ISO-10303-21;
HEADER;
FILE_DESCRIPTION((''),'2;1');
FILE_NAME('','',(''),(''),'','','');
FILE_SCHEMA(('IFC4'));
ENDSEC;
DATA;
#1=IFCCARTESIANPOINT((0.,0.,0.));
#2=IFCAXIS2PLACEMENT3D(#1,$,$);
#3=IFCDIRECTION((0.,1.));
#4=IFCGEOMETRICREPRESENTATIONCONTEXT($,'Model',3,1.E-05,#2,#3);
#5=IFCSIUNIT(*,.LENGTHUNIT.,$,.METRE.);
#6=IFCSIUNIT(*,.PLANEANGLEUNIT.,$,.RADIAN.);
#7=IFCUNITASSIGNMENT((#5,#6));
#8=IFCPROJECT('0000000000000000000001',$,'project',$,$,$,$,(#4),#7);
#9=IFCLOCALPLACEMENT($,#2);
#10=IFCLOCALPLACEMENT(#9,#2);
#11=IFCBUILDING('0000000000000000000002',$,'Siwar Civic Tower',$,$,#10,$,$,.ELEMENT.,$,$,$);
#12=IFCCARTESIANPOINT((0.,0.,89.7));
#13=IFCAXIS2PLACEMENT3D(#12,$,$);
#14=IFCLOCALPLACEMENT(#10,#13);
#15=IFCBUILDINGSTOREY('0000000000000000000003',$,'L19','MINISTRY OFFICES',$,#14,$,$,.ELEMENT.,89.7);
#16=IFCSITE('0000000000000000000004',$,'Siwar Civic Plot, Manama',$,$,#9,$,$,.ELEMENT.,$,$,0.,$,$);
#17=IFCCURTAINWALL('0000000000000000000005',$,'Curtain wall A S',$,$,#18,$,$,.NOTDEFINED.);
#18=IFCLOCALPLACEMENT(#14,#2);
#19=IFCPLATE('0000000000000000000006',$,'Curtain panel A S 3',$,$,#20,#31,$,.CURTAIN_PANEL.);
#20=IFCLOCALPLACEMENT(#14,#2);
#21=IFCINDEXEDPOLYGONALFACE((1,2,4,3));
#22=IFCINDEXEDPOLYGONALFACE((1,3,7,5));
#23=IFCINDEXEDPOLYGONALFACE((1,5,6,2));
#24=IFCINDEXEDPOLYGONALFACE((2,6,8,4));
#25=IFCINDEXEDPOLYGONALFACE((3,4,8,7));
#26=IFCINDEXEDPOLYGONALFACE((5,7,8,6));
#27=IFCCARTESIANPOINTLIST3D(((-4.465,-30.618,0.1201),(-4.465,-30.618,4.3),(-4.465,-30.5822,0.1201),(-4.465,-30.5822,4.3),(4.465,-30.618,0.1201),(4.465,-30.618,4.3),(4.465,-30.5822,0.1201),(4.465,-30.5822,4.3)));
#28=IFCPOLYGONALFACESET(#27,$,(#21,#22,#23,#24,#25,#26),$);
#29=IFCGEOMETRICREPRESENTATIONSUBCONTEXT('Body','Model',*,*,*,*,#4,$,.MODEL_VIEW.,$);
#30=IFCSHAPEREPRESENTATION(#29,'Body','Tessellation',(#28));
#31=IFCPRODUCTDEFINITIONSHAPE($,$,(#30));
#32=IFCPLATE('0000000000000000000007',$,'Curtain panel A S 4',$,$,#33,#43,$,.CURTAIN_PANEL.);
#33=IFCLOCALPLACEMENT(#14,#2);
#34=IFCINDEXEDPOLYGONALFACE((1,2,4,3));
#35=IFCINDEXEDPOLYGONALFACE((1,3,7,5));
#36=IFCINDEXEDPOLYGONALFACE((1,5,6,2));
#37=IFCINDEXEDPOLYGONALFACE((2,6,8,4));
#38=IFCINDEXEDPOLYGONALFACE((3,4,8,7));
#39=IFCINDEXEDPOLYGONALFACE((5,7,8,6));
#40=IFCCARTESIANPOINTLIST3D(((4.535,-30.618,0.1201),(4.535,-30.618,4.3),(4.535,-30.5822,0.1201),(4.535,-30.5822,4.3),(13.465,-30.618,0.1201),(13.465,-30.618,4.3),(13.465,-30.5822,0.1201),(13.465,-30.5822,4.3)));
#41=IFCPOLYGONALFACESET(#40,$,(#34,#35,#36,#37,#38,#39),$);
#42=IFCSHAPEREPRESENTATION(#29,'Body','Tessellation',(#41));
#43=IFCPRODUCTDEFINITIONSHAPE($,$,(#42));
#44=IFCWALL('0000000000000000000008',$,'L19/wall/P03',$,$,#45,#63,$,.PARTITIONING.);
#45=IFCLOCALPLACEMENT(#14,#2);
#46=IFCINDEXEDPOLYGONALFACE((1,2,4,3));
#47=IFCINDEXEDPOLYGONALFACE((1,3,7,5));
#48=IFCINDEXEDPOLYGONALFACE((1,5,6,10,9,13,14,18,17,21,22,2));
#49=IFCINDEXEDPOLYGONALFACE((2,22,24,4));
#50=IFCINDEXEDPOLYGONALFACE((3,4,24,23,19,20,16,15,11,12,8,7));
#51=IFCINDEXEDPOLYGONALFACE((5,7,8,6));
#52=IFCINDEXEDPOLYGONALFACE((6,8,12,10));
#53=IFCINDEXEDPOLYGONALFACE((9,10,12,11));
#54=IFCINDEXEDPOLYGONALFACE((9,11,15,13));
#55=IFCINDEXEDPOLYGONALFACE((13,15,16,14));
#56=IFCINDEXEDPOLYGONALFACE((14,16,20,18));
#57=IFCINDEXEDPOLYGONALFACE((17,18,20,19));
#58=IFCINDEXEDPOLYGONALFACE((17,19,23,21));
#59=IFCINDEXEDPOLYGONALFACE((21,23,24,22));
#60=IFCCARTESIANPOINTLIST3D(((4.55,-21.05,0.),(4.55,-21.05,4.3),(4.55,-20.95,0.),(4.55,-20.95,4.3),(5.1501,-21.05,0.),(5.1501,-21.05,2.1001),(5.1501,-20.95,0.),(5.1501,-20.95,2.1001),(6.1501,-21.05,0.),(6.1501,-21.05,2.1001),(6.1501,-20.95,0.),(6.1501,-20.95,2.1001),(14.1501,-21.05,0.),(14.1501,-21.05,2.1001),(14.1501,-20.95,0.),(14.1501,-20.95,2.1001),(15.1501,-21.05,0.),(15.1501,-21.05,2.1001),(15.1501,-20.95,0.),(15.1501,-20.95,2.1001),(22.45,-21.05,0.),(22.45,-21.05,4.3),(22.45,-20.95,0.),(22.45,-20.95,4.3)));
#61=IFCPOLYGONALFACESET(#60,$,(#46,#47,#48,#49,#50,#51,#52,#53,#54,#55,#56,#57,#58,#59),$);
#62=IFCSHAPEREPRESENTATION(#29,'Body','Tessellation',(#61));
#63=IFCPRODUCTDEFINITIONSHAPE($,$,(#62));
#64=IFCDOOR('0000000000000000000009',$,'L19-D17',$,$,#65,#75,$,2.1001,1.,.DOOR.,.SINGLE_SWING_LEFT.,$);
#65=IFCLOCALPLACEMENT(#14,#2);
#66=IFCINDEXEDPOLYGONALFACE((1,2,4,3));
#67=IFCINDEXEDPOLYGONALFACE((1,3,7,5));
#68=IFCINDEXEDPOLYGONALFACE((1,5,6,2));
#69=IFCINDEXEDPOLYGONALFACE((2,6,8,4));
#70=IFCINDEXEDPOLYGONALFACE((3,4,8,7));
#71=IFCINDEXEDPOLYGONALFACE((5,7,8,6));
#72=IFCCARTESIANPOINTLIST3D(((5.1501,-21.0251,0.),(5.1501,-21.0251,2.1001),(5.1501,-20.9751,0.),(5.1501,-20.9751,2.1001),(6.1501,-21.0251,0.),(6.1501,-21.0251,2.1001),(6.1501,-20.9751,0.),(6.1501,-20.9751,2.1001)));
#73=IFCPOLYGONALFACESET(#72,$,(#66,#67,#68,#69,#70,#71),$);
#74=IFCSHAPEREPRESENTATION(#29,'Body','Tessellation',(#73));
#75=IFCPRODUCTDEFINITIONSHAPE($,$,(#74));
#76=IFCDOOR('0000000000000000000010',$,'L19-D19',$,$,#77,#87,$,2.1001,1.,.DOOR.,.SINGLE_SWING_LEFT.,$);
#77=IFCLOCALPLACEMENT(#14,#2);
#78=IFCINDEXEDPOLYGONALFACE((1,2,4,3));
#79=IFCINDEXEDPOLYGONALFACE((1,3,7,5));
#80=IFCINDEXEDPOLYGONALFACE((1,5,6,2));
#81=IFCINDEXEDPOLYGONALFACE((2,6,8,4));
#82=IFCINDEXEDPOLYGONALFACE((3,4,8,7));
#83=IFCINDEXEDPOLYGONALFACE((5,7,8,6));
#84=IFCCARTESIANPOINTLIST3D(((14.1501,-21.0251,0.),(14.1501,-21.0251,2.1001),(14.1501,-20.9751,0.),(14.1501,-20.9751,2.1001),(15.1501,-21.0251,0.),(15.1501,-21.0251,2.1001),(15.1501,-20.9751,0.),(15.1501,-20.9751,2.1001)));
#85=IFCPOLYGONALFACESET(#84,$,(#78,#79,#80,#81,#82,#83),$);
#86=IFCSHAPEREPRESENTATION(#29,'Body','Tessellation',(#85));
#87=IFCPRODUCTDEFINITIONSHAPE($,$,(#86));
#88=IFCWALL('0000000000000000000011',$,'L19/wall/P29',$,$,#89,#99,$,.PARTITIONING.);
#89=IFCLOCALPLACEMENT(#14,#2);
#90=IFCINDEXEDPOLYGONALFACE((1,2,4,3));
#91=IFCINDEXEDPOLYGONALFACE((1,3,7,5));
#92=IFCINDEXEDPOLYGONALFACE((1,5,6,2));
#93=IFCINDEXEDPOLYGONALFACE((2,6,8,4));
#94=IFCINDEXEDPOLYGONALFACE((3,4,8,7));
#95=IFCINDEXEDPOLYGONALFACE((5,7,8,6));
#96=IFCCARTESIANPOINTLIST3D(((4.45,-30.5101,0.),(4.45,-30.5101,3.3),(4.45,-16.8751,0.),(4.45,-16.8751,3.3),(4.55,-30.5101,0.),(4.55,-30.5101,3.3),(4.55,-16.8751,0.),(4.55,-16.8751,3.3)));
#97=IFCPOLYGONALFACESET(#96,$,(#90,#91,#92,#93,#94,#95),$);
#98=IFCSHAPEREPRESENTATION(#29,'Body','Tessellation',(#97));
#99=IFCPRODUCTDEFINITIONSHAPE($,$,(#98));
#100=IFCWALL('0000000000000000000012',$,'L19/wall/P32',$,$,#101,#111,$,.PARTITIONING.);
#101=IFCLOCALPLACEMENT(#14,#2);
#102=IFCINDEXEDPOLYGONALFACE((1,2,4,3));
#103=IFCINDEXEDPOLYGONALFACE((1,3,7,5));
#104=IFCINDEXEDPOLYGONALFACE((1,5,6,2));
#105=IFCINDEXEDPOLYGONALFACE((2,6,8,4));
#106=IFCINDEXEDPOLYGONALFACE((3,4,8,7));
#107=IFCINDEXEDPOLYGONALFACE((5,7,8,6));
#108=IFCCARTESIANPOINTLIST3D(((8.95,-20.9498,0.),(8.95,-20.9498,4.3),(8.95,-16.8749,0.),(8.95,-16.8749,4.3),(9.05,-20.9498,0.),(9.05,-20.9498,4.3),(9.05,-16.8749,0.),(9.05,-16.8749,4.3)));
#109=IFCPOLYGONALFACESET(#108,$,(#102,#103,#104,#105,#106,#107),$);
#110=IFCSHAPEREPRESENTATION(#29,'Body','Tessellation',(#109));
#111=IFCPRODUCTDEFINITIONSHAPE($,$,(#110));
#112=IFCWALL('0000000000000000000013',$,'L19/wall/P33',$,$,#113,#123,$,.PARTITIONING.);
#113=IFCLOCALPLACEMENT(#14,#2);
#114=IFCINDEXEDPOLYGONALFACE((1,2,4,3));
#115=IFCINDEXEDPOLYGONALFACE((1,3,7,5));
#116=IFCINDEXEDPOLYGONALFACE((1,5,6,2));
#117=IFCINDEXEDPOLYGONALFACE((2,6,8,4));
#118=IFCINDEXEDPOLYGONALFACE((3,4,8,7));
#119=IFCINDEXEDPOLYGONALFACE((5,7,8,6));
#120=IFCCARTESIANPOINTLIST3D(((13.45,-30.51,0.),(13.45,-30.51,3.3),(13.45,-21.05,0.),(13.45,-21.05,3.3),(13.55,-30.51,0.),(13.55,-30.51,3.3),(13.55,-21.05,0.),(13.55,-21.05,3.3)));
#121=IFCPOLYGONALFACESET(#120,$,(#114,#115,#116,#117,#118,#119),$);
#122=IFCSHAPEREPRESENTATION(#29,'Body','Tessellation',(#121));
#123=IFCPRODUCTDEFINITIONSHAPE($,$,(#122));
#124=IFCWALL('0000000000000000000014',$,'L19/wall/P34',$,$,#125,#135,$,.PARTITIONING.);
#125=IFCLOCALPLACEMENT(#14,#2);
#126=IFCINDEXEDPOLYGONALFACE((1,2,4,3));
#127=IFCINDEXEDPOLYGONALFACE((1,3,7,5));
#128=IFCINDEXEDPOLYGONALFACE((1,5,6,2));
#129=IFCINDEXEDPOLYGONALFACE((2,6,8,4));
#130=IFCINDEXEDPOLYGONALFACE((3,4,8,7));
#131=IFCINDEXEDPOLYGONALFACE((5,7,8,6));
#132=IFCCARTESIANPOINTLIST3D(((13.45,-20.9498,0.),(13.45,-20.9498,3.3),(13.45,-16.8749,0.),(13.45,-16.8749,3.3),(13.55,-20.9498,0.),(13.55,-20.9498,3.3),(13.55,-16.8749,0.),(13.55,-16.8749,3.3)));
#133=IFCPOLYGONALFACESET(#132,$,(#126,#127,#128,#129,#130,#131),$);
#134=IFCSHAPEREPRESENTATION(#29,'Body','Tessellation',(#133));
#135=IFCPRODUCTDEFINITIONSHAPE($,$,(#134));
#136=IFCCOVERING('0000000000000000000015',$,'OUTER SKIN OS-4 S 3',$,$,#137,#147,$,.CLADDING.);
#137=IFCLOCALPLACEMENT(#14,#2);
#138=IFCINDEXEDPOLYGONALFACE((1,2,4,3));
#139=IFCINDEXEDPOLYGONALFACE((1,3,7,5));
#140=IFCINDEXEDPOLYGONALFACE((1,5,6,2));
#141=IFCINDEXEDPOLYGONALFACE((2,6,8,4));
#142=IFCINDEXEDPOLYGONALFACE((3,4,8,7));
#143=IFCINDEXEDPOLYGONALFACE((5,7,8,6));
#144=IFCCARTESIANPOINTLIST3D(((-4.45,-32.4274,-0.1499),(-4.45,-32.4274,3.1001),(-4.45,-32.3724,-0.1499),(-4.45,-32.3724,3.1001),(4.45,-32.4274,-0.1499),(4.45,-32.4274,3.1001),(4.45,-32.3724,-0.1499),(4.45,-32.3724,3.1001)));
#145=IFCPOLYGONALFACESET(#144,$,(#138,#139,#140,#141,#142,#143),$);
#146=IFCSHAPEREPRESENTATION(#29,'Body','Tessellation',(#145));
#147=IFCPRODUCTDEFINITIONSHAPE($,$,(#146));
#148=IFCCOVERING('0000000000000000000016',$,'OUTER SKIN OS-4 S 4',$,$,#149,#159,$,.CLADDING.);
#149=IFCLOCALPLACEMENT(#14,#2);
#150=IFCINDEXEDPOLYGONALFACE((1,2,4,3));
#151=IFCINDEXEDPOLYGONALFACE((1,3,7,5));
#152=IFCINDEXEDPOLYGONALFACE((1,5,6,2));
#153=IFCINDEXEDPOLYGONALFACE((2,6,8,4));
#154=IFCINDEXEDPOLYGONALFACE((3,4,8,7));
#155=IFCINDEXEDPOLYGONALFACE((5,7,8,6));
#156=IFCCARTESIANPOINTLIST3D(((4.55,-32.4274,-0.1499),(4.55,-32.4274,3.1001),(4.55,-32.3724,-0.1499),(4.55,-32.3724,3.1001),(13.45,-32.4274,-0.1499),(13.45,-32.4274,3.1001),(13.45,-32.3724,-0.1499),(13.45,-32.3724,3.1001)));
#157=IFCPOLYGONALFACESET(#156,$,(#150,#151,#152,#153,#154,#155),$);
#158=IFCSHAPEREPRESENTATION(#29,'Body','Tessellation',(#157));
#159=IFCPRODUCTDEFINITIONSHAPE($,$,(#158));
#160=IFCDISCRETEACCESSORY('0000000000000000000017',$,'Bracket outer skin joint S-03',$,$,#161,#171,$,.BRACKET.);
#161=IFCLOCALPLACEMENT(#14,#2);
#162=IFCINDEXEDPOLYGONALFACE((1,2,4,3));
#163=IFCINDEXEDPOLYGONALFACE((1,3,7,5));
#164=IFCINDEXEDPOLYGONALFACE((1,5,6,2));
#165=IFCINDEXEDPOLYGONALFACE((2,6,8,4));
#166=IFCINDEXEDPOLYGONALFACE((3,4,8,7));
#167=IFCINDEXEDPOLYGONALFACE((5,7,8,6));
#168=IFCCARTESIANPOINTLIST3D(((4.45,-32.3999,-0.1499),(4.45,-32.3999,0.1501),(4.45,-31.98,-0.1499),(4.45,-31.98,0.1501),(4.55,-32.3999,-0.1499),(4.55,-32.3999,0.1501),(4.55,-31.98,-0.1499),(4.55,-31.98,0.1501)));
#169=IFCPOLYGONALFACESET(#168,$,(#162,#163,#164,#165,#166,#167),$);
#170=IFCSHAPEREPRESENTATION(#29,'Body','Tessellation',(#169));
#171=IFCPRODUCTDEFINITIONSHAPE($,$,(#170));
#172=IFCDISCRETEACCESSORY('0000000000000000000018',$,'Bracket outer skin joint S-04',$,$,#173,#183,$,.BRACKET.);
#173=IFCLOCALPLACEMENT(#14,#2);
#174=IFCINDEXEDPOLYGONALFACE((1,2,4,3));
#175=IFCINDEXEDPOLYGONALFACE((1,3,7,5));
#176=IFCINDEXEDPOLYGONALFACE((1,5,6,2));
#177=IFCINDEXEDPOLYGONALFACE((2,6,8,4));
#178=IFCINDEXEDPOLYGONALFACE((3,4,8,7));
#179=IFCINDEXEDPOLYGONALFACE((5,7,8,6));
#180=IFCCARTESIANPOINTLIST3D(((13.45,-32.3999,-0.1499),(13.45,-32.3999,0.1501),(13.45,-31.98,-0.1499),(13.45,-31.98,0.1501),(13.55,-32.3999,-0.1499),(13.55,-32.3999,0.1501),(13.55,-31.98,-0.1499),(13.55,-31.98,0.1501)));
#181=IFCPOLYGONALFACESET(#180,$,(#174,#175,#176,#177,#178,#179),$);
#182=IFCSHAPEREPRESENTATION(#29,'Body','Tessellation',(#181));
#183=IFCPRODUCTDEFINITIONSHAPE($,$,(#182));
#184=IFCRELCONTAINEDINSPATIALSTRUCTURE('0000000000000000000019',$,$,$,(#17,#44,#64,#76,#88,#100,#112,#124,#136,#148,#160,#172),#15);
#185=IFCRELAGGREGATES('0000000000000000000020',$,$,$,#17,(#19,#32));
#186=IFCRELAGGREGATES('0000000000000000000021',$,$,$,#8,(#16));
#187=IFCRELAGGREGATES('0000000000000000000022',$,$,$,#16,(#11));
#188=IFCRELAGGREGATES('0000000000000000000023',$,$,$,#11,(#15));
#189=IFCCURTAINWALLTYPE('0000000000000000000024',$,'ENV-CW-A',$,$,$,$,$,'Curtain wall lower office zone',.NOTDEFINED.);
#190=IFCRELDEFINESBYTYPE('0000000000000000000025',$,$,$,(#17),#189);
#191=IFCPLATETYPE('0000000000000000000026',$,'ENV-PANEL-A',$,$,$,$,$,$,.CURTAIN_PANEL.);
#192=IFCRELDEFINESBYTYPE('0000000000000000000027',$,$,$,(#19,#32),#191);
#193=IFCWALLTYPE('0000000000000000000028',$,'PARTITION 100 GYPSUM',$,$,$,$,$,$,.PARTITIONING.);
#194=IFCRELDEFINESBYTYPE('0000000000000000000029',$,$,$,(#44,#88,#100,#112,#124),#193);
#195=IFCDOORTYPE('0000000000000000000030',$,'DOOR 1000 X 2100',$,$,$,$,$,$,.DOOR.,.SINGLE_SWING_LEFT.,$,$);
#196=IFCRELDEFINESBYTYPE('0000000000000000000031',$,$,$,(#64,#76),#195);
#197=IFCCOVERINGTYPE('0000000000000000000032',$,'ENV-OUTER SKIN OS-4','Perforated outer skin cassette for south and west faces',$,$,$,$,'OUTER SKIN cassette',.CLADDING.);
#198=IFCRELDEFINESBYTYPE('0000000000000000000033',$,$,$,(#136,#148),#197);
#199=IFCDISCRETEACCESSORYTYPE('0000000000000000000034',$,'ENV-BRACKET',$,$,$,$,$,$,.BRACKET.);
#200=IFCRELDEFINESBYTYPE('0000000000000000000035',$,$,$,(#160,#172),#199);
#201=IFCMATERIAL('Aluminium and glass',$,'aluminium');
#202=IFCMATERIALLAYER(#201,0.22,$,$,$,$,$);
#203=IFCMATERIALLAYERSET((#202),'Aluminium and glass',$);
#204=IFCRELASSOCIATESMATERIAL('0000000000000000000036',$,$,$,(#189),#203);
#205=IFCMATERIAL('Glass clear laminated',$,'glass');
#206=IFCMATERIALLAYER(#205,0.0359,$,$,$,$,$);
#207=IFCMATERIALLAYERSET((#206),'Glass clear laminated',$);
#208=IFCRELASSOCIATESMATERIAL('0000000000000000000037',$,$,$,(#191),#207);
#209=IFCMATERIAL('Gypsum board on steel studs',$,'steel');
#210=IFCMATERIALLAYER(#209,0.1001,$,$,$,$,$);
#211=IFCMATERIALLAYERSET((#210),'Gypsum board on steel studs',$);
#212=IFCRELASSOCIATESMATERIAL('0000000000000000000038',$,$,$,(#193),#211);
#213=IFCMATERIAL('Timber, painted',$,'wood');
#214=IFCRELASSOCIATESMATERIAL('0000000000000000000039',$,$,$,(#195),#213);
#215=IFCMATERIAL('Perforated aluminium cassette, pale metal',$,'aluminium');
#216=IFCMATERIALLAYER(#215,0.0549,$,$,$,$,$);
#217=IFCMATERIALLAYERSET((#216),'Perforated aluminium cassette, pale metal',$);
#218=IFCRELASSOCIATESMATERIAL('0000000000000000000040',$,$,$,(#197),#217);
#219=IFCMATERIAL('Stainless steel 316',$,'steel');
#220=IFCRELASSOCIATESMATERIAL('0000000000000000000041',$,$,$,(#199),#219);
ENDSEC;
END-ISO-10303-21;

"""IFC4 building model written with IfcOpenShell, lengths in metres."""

from ifc_helpers import new_model, si_unit, direction, frame, frame_2d, origin, origin_2d, place, context, subcontext, project, spatial, rectangle, extrude, material, layer, layer_set, type_object, element, fill, aggregate, save


model = new_model("IFC4")

# Units and contexts
model_context = context("Model", 3, precision=1e-05, world=origin(), true_north=direction((0.0, 1.0)))
body_context = subcontext(model_context, "Body", "Model", "MODEL_VIEW")
ifc_project = project(units=[si_unit("LENGTHUNIT", "METRE"), si_unit("PLANEANGLEUNIT", "RADIAN")], contexts=[model_context])

# Site, building, storey
site_placement = place(None, origin())
site = spatial("IfcSite", under=ifc_project, at=site_placement, Name="Siwar Civic Plot, Manama", CompositionType="ELEMENT", RefElevation=0.0)
building_placement = place(site_placement, origin())
building = spatial("IfcBuilding", under=site, at=building_placement, Name="Siwar Civic Tower", CompositionType="ELEMENT")
storey_placement = place(building_placement, frame((0.0, 0.0, 89.7)))
storey = spatial("IfcBuildingStorey", under=building, at=storey_placement, Name="L19", Description="MINISTRY OFFICES", CompositionType="ELEMENT", Elevation=89.7)

# Curtain wall
ifc_material_1 = material(Name="Aluminium and glass", Category="aluminium")
ifc_layer_1 = layer(ifc_material_1, 0.22)
ifc_layer_set_1 = layer_set([ifc_layer_1], Name="Aluminium and glass")
curtain_wall_type = type_object("IfcCurtainWallType", Name="ENV-CW-A", ElementType="Curtain wall lower office zone", PredefinedType="NOTDEFINED", material=ifc_layer_set_1)
curtain_wall_placement = place(storey_placement, origin())
curtain_wall = element("IfcCurtainWall", 1, at=curtain_wall_placement, inside=storey, type_object=curtain_wall_type, Name="Curtain wall A S", PredefinedType="NOTDEFINED")

# Plates
ifc_material_2 = material(Name="Glass clear laminated", Category="glass")
ifc_layer_2 = layer(ifc_material_2, 0.0359)
ifc_layer_set_2 = layer_set([ifc_layer_2], Name="Glass clear laminated")
plate_type = type_object("IfcPlateType", Name="ENV-PANEL-A", PredefinedType="CURTAIN_PANEL", material=ifc_layer_set_2)
plate_1_placement = place(storey_placement, frame((0.0, -30.6001, 0.1201), z_axis=(0.0, 0.0, 1.0), x_axis=(1.0, 0.0, 0.0)))
plate_1 = element("IfcPlate", 2, at=plate_1_placement, type_object=plate_type, Name="Curtain panel A S 3", PredefinedType="CURTAIN_PANEL", context=body_context, shape_type="SweptSolid", body=[
    extrude(rectangle(XDim=8.9299, YDim=0.0359, at=origin_2d()), origin(), (0.0, 0.0, 1.0), 4.1799),
])
plate_2_placement = place(storey_placement, frame((9.0, -30.6001, 0.1201), z_axis=(0.0, 0.0, 1.0), x_axis=(1.0, 0.0, 0.0)))
plate_2 = element("IfcPlate", 3, at=plate_2_placement, type_object=plate_type, Name="Curtain panel A S 4", PredefinedType="CURTAIN_PANEL", context=body_context, shape_type="SweptSolid", body=[
    extrude(rectangle(XDim=8.9299, YDim=0.0359, at=origin_2d()), origin(), (0.0, 0.0, 1.0), 4.1799),
])
aggregate(curtain_wall, [plate_1, plate_2])

# Wall, openings, doors
ifc_material_3 = material(Name="Gypsum board on steel studs", Category="steel")
ifc_layer_3 = layer(ifc_material_3, 0.1001)
ifc_layer_set_3 = layer_set([ifc_layer_3], Name="Gypsum board on steel studs")
wall_type = type_object("IfcWallType", Name="PARTITION 100 GYPSUM", PredefinedType="PARTITIONING", material=ifc_layer_set_3)
wall_1_placement = place(storey_placement, frame((4.55, -21.0, 0.0), z_axis=(0.0, 0.0, 1.0), x_axis=(1.0, 0.0, 0.0)))
wall_1 = element("IfcWall", 4, at=wall_1_placement, inside=storey, type_object=wall_type, Name="L19/wall/P03", PredefinedType="PARTITIONING", context=body_context, shape_type="SweptSolid", body=[
    extrude(rectangle(XDim=17.8999, YDim=0.1001, at=frame_2d((8.95, 0.0))), origin(), (0.0, 0.0, 1.0), 4.3),
])
opening_1_placement = place(wall_1_placement, frame((0.6001, 0.0, 0.0)))
opening_1 = element("IfcOpeningElement", 5, at=opening_1_placement, cuts=wall_1, PredefinedType="OPENING", context=body_context, shape_type="SweptSolid", body=[
    extrude(rectangle(XDim=1.0, YDim=2.1001, at=frame_2d((0.5, 1.05))), frame((0.0, 0.0601, 0.0), z_axis=(0.0, -1.0, 0.0), x_axis=(1.0, 0.0, 0.0)), (0.0, 0.0, 1.0), 0.1201),
])
opening_2_placement = place(wall_1_placement, frame((9.6001, 0.0, 0.0)))
opening_2 = element("IfcOpeningElement", 6, at=opening_2_placement, cuts=wall_1, PredefinedType="OPENING", context=body_context, shape_type="SweptSolid", body=[
    extrude(rectangle(XDim=1.0, YDim=2.1001, at=frame_2d((0.5, 1.05))), frame((0.0, 0.0601, 0.0), z_axis=(0.0, -1.0, 0.0), x_axis=(1.0, 0.0, 0.0)), (0.0, 0.0, 1.0), 0.1201),
])
ifc_material_4 = material(Name="Timber, painted", Category="wood")
door_type = type_object("IfcDoorType", Name="DOOR 1000 X 2100", OperationType="SINGLE_SWING_LEFT", PredefinedType="DOOR", material=ifc_material_4)
door_1_placement = place(opening_1_placement, origin())
door_1 = element("IfcDoor", 7, at=door_1_placement, inside=storey, type_object=door_type, Name="L19-D17", OperationType="SINGLE_SWING_LEFT", OverallHeight=2.1001, OverallWidth=1.0, PredefinedType="DOOR", context=body_context, shape_type="SweptSolid", body=[
    extrude(rectangle(XDim=1.0, YDim=2.1001, at=frame_2d((0.5, 1.05))), frame((0.0, 0.0249, 0.0), z_axis=(0.0, -1.0, 0.0), x_axis=(1.0, 0.0, 0.0)), (0.0, 0.0, 1.0), 0.05),
])
fill(opening_1, door_1)
door_2_placement = place(opening_2_placement, origin())
door_2 = element("IfcDoor", 8, at=door_2_placement, inside=storey, type_object=door_type, Name="L19-D19", OperationType="SINGLE_SWING_LEFT", OverallHeight=2.1001, OverallWidth=1.0, PredefinedType="DOOR", context=body_context, shape_type="SweptSolid", body=[
    extrude(rectangle(XDim=1.0, YDim=2.1001, at=frame_2d((0.5, 1.05))), frame((0.0, 0.0249, 0.0), z_axis=(0.0, -1.0, 0.0), x_axis=(1.0, 0.0, 0.0)), (0.0, 0.0, 1.0), 0.05),
])
fill(opening_2, door_2)

# Walls
wall_2_placement = place(storey_placement, frame((4.5, -30.51, 0.0), z_axis=(0.0, 0.0, 1.0), x_axis=(0.0, 1.0, 0.0)))
element("IfcWall", 9, at=wall_2_placement, inside=storey, type_object=wall_type, Name="L19/wall/P29", PredefinedType="PARTITIONING", context=body_context, shape_type="SweptSolid", body=[
    extrude(rectangle(XDim=13.635, YDim=0.1001, at=frame_2d((6.8174, 0.0))), origin(), (0.0, 0.0, 1.0), 3.3),
])
wall_3_placement = place(storey_placement, frame((9.0, -20.95, 0.0), z_axis=(0.0, 0.0, 1.0), x_axis=(0.0, 1.0, 0.0)))
element("IfcWall", 10, at=wall_3_placement, inside=storey, type_object=wall_type, Name="L19/wall/P32", PredefinedType="PARTITIONING", context=body_context, shape_type="SweptSolid", body=[
    extrude(rectangle(XDim=4.075, YDim=0.1001, at=frame_2d((2.0376, 0.0))), origin(), (0.0, 0.0, 1.0), 4.3),
])
wall_4_placement = place(storey_placement, frame((13.5, -30.51, 0.0), z_axis=(0.0, 0.0, 1.0), x_axis=(0.0, 1.0, 0.0)))
element("IfcWall", 11, at=wall_4_placement, inside=storey, type_object=wall_type, Name="L19/wall/P33", PredefinedType="PARTITIONING", context=body_context, shape_type="SweptSolid", body=[
    extrude(rectangle(XDim=9.46, YDim=0.1001, at=frame_2d((4.73, 0.0))), origin(), (0.0, 0.0, 1.0), 3.3),
])
wall_5_placement = place(storey_placement, frame((13.5, -20.95, 0.0), z_axis=(0.0, 0.0, 1.0), x_axis=(0.0, 1.0, 0.0)))
element("IfcWall", 12, at=wall_5_placement, inside=storey, type_object=wall_type, Name="L19/wall/P34", PredefinedType="PARTITIONING", context=body_context, shape_type="SweptSolid", body=[
    extrude(rectangle(XDim=4.075, YDim=0.1001, at=frame_2d((2.0376, 0.0))), origin(), (0.0, 0.0, 1.0), 3.3),
])

# Coverings
ifc_material_5 = material(Name="Perforated aluminium cassette, pale metal", Category="aluminium")
ifc_layer_4 = layer(ifc_material_5, 0.0549)
ifc_layer_set_4 = layer_set([ifc_layer_4], Name="Perforated aluminium cassette, pale metal")
covering_type = type_object("IfcCoveringType", Name="ENV-OUTER SKIN OS-4", Description="Perforated outer skin cassette for south and west faces", ElementType="OUTER SKIN cassette", PredefinedType="CLADDING", material=ifc_layer_set_4)
for number, where, z_axis, x_axis, name in (
    (13, (0.0, -32.3999, -0.1499), (0.0, 0.0, 1.0), (1.0, 0.0, 0.0), "OUTER SKIN OS-4 S 3"),
    (14, (9.0, -32.3999, -0.1499), (0.0, 0.0, 1.0), (1.0, 0.0, 0.0), "OUTER SKIN OS-4 S 4"),
):
    element("IfcCovering", number, at=place(storey_placement, frame(where, z_axis=z_axis, x_axis=x_axis)), inside=storey, type_object=covering_type, Name=name, PredefinedType="CLADDING", context=body_context, shape_type="SweptSolid", body=[
        extrude(rectangle(XDim=8.8999, YDim=0.0549, at=origin_2d()), origin(), (0.0, 0.0, 1.0), 3.25),
    ])

# Discrete accessories
ifc_material_6 = material(Name="Stainless steel 316", Category="steel")
discrete_accessory_type = type_object("IfcDiscreteAccessoryType", Name="ENV-BRACKET", PredefinedType="BRACKET", material=ifc_material_6)
for number, where, z_axis, x_axis, name in (
    (15, (4.5, -32.1899, -0.1499), (0.0, 0.0, 1.0), (0.0, -1.0, 0.0), "Bracket outer skin joint S-03"),
    (16, (13.5, -32.1899, -0.1499), (0.0, 0.0, 1.0), (0.0, -1.0, 0.0), "Bracket outer skin joint S-04"),
):
    element("IfcDiscreteAccessory", number, at=place(storey_placement, frame(where, z_axis=z_axis, x_axis=x_axis)), inside=storey, type_object=discrete_accessory_type, Name=name, PredefinedType="BRACKET", context=body_context, shape_type="SweptSolid", body=[
        extrude(rectangle(XDim=0.4199, YDim=0.1001, at=origin_2d()), origin(), (0.0, 0.0, 1.0), 0.3),
    ])

save(model, "model.ifc")
